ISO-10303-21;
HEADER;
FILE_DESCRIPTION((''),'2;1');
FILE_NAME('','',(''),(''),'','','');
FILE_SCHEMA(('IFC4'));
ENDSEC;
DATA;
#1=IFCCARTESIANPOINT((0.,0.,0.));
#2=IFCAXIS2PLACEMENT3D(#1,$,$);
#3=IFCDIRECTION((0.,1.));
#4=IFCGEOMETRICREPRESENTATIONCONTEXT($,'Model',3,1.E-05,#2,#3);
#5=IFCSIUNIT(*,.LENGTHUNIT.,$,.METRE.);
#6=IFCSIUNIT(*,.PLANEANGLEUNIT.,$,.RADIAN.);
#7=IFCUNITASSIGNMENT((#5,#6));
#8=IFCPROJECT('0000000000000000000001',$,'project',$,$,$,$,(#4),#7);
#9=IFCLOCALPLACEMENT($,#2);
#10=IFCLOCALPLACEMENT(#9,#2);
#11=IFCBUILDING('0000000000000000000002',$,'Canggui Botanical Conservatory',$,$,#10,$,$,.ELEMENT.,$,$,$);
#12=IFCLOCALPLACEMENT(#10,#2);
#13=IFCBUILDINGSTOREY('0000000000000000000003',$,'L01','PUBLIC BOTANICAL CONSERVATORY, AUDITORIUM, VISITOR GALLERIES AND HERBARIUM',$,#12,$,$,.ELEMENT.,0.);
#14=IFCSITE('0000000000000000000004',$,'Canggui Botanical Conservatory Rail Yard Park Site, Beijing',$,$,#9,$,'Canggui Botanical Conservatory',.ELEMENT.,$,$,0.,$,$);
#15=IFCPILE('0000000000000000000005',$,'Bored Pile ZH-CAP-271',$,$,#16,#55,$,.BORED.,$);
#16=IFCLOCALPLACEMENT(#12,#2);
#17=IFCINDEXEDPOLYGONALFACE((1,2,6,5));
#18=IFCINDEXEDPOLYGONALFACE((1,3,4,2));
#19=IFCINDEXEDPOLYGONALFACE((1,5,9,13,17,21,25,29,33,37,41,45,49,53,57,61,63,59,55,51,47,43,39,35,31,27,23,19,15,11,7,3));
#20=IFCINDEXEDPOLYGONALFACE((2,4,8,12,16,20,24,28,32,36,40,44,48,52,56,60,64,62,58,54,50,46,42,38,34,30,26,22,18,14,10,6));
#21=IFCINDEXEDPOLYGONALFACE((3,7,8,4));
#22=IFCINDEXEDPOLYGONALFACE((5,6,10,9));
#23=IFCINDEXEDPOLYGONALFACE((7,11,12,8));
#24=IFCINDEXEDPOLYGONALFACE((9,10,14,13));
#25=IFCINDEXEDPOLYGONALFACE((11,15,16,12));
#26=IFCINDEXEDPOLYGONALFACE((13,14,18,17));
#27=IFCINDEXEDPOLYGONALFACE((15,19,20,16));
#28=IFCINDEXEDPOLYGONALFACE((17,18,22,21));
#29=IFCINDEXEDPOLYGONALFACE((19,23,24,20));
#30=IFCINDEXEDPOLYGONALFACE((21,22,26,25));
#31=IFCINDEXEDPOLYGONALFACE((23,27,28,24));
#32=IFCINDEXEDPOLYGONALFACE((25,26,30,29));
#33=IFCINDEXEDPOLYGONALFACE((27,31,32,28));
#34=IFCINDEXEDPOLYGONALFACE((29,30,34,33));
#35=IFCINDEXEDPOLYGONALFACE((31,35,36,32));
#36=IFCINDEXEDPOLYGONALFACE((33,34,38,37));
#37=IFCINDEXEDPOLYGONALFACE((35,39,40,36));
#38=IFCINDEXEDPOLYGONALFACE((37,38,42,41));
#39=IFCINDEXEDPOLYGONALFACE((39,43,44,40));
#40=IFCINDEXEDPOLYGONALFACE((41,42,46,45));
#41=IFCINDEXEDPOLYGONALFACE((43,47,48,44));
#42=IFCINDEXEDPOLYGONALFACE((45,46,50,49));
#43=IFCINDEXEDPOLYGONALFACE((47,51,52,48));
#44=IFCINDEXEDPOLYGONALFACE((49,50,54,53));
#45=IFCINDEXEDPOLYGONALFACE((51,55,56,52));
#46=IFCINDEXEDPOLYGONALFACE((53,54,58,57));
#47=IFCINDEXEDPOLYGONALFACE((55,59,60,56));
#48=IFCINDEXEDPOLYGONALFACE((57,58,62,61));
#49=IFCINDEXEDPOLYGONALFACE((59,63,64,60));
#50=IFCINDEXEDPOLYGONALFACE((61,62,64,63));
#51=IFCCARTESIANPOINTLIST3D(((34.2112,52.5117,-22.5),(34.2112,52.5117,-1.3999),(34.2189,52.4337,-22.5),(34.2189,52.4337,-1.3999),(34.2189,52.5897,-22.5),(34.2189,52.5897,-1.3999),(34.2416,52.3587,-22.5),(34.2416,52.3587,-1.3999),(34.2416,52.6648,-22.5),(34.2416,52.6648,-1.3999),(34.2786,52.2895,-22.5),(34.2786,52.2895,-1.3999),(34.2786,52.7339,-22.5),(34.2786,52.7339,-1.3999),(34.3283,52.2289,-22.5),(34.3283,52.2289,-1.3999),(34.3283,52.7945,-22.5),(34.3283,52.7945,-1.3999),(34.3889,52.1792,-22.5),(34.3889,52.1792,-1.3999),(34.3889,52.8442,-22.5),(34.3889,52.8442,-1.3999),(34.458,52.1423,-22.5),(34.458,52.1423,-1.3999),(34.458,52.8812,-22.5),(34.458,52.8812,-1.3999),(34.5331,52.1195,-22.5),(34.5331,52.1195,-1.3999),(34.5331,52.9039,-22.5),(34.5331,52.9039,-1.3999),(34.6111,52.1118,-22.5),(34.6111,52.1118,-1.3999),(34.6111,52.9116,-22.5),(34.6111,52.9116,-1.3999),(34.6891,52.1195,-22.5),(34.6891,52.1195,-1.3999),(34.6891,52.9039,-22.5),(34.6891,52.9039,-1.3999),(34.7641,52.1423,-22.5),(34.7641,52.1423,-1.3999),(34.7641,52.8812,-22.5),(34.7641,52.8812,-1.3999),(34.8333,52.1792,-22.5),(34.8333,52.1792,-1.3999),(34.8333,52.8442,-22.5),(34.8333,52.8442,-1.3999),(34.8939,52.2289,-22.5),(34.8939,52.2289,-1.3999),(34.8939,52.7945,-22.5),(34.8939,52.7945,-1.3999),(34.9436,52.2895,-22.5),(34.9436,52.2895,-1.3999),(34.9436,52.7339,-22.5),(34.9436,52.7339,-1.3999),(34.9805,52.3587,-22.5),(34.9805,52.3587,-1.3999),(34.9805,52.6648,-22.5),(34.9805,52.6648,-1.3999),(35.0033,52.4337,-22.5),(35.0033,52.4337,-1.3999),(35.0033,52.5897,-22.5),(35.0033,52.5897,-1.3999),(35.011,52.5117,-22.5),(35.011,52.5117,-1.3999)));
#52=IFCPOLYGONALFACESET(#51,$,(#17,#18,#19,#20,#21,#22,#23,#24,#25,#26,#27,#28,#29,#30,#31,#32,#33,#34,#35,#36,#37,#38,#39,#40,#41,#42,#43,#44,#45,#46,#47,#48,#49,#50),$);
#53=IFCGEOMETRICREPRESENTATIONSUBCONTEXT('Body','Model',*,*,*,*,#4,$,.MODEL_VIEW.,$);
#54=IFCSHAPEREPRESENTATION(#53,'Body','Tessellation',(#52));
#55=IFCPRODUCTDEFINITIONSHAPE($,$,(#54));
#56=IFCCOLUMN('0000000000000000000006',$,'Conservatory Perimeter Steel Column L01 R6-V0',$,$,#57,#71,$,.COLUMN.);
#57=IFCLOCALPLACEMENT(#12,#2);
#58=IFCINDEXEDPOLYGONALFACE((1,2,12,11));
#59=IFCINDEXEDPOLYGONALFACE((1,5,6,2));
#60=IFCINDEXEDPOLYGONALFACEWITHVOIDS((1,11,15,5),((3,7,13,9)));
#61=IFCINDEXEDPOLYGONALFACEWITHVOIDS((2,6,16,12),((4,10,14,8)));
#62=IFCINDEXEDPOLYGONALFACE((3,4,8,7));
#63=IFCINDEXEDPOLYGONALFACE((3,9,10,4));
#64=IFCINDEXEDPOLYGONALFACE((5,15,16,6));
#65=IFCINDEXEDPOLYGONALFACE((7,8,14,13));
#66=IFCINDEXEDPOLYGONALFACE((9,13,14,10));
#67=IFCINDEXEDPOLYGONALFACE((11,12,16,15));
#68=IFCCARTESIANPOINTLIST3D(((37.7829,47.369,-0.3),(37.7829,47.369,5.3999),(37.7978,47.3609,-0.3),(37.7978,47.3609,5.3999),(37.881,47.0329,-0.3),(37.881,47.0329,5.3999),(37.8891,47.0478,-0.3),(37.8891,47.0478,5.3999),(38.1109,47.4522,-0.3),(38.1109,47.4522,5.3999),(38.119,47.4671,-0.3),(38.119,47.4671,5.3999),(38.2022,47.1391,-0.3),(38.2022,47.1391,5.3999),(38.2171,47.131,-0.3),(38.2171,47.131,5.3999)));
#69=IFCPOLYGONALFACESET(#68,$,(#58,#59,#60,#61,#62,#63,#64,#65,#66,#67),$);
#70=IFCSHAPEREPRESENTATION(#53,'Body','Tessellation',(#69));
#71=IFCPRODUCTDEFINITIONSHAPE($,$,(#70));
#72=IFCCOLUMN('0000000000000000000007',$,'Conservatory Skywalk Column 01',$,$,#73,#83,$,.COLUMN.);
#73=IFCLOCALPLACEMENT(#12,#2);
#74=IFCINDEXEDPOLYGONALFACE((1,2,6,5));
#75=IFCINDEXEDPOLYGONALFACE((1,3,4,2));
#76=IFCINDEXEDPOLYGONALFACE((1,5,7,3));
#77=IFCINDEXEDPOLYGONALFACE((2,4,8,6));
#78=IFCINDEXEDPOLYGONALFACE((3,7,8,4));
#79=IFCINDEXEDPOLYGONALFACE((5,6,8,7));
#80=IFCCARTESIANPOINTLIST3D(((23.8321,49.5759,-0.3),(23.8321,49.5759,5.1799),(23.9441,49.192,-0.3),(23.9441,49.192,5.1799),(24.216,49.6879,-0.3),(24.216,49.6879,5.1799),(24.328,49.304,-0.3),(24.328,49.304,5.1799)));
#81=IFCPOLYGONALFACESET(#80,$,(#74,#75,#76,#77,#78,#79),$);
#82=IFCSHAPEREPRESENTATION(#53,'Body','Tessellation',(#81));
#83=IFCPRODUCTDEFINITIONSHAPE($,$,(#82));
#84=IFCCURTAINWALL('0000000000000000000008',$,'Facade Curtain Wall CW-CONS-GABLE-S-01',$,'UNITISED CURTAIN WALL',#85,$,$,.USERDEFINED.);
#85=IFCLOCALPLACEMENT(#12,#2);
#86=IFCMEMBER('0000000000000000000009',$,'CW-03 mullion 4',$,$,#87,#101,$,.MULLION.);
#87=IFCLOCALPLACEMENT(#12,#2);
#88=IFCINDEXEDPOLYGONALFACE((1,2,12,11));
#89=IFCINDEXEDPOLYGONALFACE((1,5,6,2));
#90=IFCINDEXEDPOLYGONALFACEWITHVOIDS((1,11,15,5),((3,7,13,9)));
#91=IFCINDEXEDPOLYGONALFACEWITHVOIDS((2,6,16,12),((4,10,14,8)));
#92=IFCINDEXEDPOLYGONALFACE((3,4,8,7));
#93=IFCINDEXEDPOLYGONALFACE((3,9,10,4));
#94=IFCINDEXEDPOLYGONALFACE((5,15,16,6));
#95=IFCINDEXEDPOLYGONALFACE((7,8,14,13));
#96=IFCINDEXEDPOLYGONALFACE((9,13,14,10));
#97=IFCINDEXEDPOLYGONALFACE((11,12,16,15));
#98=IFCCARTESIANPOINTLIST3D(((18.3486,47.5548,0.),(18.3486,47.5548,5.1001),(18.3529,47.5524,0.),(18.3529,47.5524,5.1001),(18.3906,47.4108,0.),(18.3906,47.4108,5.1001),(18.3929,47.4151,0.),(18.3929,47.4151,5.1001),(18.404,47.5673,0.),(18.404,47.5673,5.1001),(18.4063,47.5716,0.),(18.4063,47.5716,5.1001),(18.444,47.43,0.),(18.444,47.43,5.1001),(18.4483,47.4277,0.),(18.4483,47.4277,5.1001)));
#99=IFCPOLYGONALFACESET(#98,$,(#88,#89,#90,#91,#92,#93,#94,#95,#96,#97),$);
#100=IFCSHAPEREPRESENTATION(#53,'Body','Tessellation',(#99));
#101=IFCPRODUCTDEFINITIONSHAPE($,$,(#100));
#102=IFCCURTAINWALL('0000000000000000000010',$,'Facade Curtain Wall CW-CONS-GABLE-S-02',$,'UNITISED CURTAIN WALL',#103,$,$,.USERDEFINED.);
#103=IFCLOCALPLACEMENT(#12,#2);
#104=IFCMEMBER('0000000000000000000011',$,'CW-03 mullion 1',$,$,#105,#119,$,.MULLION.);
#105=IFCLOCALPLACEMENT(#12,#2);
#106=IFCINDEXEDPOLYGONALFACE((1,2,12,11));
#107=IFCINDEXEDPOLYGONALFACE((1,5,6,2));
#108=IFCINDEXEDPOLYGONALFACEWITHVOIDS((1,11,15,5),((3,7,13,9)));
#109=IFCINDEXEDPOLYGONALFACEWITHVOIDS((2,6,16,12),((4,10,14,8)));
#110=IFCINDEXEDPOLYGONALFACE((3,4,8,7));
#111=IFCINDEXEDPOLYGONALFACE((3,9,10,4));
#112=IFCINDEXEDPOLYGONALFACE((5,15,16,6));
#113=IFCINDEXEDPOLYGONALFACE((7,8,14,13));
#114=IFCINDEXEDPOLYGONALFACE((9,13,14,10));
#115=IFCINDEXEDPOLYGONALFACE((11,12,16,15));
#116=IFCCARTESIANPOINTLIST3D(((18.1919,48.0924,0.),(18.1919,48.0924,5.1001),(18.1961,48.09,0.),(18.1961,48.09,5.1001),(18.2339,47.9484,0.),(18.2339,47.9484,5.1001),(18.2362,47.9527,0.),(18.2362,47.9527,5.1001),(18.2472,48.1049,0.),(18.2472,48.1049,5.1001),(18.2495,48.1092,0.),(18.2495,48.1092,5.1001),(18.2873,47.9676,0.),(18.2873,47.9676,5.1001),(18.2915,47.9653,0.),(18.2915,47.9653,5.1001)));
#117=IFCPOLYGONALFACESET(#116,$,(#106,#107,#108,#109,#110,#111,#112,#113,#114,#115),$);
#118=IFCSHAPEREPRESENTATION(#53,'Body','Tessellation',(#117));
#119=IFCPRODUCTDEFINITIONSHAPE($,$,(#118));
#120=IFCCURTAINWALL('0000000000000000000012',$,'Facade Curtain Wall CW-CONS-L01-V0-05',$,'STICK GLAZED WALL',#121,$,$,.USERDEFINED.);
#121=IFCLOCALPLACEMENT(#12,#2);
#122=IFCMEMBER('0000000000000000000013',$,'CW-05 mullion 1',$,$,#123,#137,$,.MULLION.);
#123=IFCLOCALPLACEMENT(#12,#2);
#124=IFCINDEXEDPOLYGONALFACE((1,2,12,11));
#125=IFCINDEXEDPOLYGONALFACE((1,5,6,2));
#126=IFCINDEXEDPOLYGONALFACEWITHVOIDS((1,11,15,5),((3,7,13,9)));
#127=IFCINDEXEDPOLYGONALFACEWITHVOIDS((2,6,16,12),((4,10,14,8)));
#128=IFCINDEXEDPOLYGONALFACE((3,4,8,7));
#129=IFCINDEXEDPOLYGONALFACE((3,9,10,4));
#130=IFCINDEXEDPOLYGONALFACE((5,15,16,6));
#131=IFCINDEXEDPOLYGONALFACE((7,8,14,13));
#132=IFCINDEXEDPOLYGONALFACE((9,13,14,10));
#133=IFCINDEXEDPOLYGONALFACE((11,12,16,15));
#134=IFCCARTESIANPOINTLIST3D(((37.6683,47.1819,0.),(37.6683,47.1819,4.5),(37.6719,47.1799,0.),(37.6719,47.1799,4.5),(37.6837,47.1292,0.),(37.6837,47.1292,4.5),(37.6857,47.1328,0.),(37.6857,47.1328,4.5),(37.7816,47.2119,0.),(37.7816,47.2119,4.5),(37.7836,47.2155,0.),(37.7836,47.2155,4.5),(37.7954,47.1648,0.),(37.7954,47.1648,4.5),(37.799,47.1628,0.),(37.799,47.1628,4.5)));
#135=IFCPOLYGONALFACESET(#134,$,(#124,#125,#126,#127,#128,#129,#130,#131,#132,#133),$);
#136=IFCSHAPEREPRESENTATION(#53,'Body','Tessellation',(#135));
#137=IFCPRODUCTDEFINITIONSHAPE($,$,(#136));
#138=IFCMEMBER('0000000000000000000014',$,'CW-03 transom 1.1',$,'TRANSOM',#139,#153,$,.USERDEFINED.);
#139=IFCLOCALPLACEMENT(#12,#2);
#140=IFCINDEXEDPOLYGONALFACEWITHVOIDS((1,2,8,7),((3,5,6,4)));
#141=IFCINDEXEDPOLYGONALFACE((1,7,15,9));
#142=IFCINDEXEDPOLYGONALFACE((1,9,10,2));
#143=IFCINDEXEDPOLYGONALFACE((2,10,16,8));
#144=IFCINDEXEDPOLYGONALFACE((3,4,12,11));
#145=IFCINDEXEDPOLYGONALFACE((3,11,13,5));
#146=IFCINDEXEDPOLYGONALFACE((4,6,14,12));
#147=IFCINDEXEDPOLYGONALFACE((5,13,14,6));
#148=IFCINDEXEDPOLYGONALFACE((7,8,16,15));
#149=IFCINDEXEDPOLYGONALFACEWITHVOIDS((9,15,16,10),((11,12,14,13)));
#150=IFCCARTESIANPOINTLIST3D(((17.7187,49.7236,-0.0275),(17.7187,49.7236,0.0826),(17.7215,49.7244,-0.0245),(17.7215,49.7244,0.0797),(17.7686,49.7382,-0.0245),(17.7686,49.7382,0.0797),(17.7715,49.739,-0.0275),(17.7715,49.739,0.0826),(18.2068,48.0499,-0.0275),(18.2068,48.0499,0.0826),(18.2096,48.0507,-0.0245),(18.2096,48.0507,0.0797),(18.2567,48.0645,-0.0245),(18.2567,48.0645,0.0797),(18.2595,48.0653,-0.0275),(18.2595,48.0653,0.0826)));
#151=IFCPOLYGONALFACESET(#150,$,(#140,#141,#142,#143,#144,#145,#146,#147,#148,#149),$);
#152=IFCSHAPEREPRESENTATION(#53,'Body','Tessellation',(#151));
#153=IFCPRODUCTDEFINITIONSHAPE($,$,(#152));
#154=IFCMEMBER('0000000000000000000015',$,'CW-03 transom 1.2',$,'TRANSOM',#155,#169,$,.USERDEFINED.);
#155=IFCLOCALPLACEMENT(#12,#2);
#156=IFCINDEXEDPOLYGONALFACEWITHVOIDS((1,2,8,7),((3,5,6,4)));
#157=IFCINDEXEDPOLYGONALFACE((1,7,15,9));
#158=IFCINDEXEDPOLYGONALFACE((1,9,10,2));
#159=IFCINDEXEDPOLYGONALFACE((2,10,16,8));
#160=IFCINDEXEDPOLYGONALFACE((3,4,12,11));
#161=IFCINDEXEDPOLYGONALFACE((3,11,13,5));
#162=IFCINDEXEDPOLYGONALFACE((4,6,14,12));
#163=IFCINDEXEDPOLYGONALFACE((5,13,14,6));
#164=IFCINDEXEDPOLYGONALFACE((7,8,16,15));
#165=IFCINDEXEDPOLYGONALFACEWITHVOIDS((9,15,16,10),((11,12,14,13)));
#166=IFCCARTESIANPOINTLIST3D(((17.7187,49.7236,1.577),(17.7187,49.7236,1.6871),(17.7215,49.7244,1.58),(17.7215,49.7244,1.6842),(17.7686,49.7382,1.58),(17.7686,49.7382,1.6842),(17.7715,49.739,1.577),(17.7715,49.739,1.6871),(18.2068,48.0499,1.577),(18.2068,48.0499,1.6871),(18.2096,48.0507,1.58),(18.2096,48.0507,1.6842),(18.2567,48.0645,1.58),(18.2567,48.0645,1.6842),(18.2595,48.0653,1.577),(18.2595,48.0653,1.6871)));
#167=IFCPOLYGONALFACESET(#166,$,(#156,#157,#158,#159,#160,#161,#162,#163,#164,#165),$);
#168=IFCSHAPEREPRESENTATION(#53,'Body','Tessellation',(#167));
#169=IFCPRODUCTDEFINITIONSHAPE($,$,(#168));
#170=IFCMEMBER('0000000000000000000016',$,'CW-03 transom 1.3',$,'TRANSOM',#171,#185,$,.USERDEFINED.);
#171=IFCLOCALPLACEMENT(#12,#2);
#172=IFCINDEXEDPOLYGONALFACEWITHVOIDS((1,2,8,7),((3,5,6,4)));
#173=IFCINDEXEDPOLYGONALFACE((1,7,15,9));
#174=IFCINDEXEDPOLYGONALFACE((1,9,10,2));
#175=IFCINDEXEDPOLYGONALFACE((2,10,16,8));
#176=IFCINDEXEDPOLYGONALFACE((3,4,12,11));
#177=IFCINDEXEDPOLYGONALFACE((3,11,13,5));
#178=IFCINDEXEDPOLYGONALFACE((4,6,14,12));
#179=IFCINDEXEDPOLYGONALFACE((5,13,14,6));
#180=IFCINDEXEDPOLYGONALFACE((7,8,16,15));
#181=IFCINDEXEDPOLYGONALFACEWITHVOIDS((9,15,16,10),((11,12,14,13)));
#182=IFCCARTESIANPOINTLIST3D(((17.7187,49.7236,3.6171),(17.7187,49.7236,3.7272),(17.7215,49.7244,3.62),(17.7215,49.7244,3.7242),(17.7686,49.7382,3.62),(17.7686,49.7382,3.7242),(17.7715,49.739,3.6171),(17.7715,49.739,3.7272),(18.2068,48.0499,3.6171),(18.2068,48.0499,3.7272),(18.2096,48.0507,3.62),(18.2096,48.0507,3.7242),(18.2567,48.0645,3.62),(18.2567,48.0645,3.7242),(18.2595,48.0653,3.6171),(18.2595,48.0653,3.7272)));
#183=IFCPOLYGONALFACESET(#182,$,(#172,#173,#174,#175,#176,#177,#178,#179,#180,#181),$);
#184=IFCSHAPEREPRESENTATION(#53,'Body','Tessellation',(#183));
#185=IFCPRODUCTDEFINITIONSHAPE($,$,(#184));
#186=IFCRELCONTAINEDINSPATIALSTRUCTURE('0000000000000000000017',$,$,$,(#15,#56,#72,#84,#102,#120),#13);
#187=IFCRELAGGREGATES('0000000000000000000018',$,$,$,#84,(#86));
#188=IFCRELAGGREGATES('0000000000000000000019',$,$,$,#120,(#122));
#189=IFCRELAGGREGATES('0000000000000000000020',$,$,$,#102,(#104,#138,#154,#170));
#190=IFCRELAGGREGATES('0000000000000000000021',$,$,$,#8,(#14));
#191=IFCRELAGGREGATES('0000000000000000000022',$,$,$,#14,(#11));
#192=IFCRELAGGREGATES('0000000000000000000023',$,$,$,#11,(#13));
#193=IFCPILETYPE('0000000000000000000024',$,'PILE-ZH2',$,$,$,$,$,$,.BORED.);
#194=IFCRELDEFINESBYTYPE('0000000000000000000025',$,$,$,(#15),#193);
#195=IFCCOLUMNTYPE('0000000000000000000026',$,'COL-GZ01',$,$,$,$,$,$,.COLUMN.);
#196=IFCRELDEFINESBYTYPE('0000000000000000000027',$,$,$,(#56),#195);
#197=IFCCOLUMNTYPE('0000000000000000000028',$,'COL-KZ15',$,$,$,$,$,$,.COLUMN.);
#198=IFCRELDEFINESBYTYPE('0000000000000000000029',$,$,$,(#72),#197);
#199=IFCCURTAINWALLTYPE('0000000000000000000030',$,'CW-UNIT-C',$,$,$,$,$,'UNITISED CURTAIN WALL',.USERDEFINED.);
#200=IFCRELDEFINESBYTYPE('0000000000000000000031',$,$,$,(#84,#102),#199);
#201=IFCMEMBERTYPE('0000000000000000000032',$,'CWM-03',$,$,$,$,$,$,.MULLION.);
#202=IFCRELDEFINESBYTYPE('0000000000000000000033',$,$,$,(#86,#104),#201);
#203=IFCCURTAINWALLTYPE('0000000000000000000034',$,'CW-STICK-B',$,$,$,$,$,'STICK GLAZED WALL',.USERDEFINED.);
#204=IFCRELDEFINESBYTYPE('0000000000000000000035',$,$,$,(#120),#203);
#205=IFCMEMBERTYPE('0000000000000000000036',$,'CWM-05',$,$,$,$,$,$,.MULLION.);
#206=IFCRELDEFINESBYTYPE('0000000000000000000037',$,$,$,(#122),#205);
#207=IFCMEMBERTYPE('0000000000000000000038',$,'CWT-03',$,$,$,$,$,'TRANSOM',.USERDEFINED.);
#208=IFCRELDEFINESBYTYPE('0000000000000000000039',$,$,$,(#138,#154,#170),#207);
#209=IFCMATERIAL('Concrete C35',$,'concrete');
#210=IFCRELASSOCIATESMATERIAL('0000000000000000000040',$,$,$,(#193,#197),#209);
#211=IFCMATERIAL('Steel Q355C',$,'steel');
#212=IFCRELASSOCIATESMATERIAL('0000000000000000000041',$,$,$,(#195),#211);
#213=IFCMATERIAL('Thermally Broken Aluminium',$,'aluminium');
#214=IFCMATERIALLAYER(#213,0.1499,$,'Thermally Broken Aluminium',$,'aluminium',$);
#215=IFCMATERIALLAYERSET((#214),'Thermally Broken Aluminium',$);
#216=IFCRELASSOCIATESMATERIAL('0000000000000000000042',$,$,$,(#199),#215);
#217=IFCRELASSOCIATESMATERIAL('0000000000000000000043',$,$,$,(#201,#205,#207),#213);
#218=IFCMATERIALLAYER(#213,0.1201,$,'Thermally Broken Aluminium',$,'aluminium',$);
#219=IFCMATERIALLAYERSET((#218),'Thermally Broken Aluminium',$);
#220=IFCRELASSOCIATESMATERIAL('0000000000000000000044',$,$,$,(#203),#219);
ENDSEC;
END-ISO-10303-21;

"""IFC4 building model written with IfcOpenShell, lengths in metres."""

from ifc_helpers import new_model, si_unit, direction, frame, origin, origin_2d, place, context, subcontext, project, spatial, rectangle, hollow_rectangle, circle, extrude, material, layer, layer_set, material_profile, profile_set, type_object, element, aggregate, save


model = new_model("IFC4")

# Units and contexts
model_context = context("Model", 3, precision=1e-05, world=origin(), true_north=direction((0.0, 1.0)))
body_context = subcontext(model_context, "Body", "Model", "MODEL_VIEW")
ifc_project = project(units=[si_unit("LENGTHUNIT", "METRE"), si_unit("PLANEANGLEUNIT", "RADIAN")], contexts=[model_context])

# Site, building, storey
site_placement = place(None, origin())
site = spatial("IfcSite", under=ifc_project, at=site_placement, Name="Canggui Botanical Conservatory Rail Yard Park Site, Beijing", LongName="Canggui Botanical Conservatory", CompositionType="ELEMENT", RefElevation=0.0)
building_placement = place(site_placement, origin())
building = spatial("IfcBuilding", under=site, at=building_placement, Name="Canggui Botanical Conservatory", CompositionType="ELEMENT")
storey_placement = place(building_placement, origin())
storey = spatial("IfcBuildingStorey", under=building, at=storey_placement, Name="L01", Description="PUBLIC BOTANICAL CONSERVATORY, AUDITORIUM, VISITOR GALLERIES AND HERBARIUM", CompositionType="ELEMENT", Elevation=0.0)

# Shared definitions
ifc_material_1 = material(Name="Concrete C35", Category="concrete")

# Pile
ifc_material_profile_1 = material_profile(ifc_material_1, circle(Radius=0.3999, at=origin_2d()), Name="PILE D800")
ifc_profile_set_1 = profile_set([ifc_material_profile_1], Name="Concrete C35")
pile_type = type_object("IfcPileType", Name="PILE-ZH2", PredefinedType="BORED", material=ifc_profile_set_1)
for number, where, z_axis, x_axis, name in (
    (1, (34.6111, 52.5117, -1.3999), (0.0, 0.0, -1.0), (1.0, 0.0, 0.0), "Bored Pile ZH-CAP-271"),
):
    element("IfcPile", number, at=place(storey_placement, frame(where, z_axis=z_axis, x_axis=x_axis)), inside=storey, type_object=pile_type, Name=name, PredefinedType="BORED", context=body_context, shape_type="SweptSolid", body=[
        extrude(circle(Radius=0.3999, at=origin_2d()), origin(), (0.0, 0.0, 1.0), 21.1001),
    ])

# Columns
ifc_material_2 = material(Name="Steel Q355C", Category="steel")
ifc_material_profile_2 = material_profile(ifc_material_2, hollow_rectangle(XDim=0.3501, YDim=0.3501, WallThickness=0.012, at=origin_2d()), Name="SHS 350x350x12")
ifc_profile_set_2 = profile_set([ifc_material_profile_2], Name="Steel Q355C")
column_type_1 = type_object("IfcColumnType", Name="COL-GZ01", PredefinedType="COLUMN", material=ifc_profile_set_2)
column_1_placement = place(storey_placement, frame((38.0, 47.25, -0.3), z_axis=(0.0, 0.0, 1.0), x_axis=(0.96, 0.28, 0.0)))
element("IfcColumn", 2, at=column_1_placement, inside=storey, type_object=column_type_1, Name="Conservatory Perimeter Steel Column L01 R6-V0", PredefinedType="COLUMN", context=body_context, shape_type="SweptSolid", body=[
    extrude(hollow_rectangle(XDim=0.3501, YDim=0.3501, WallThickness=0.012, at=origin_2d()), origin(), (0.0, 0.0, 1.0), 5.7),
])
ifc_material_profile_3 = material_profile(ifc_material_1, rectangle(XDim=0.3999, YDim=0.3999, at=origin_2d()), Name="RC 400x400")
ifc_profile_set_3 = profile_set([ifc_material_profile_3], Name="Concrete C35")
column_type_2 = type_object("IfcColumnType", Name="COL-KZ15", PredefinedType="COLUMN", material=ifc_profile_set_3)
column_2_placement = place(storey_placement, frame((24.0801, 49.4399, -0.3), z_axis=(0.0, 0.0, 1.0), x_axis=(0.96, 0.28, 0.0)))
element("IfcColumn", 3, at=column_2_placement, inside=storey, type_object=column_type_2, Name="Conservatory Skywalk Column 01", PredefinedType="COLUMN", context=body_context, shape_type="SweptSolid", body=[
    extrude(rectangle(XDim=0.3999, YDim=0.3999, at=origin_2d()), origin(), (0.0, 0.0, 1.0), 5.48),
])

# Curtain walls, members
ifc_material_3 = material(Name="Thermally Broken Aluminium", Category="aluminium")
ifc_layer_1 = layer(ifc_material_3, 0.1499, Name="Thermally Broken Aluminium", Category="aluminium")
ifc_layer_set_1 = layer_set([ifc_layer_1], Name="Thermally Broken Aluminium")
curtain_wall_type_1 = type_object("IfcCurtainWallType", Name="CW-UNIT-C", ElementType="UNITISED CURTAIN WALL", PredefinedType="USERDEFINED", material=ifc_layer_set_1)
curtain_wall_1_placement = place(storey_placement, origin())
curtain_wall_1 = element("IfcCurtainWall", 4, at=curtain_wall_1_placement, inside=storey, type_object=curtain_wall_type_1, Name="Facade Curtain Wall CW-CONS-GABLE-S-01", ObjectType="UNITISED CURTAIN WALL", PredefinedType="USERDEFINED")
ifc_material_profile_4 = material_profile(ifc_material_3, hollow_rectangle(XDim=0.0601, YDim=0.1499, WallThickness=0.0034, at=origin_2d()), Name="CWM 60x150x3.5")
ifc_profile_set_4 = profile_set([ifc_material_profile_4], Name="Thermally Broken Aluminium")
member_type_1 = type_object("IfcMemberType", Name="CWM-03", PredefinedType="MULLION", material=ifc_profile_set_4)
member_1_placement = place(storey_placement, frame((18.3984, 47.4912, 0.0), z_axis=(0.0, 0.0, 1.0), x_axis=(-0.96, -0.28, 0.0)))
member_1 = element("IfcMember", 5, at=member_1_placement, type_object=member_type_1, Name="CW-03 mullion 4", PredefinedType="MULLION", context=body_context, shape_type="SweptSolid", body=[
    extrude(hollow_rectangle(XDim=0.0601, YDim=0.1499, WallThickness=0.0034, at=origin_2d()), origin(), (0.0, 0.0, 1.0), 5.1001),
])
aggregate(curtain_wall_1, [member_1])
curtain_wall_2_placement = place(storey_placement, origin())
curtain_wall_2 = element("IfcCurtainWall", 6, at=curtain_wall_2_placement, inside=storey, type_object=curtain_wall_type_1, Name="Facade Curtain Wall CW-CONS-GABLE-S-02", ObjectType="UNITISED CURTAIN WALL", PredefinedType="USERDEFINED")
member_2_placement = place(storey_placement, frame((18.2417, 48.0288, 0.0), z_axis=(0.0, 0.0, 1.0), x_axis=(-0.96, -0.28, 0.0)))
member_2 = element("IfcMember", 7, at=member_2_placement, type_object=member_type_1, Name="CW-03 mullion 1", PredefinedType="MULLION", context=body_context, shape_type="SweptSolid", body=[
    extrude(hollow_rectangle(XDim=0.0601, YDim=0.1499, WallThickness=0.0034, at=origin_2d()), origin(), (0.0, 0.0, 1.0), 5.1001),
])
ifc_layer_2 = layer(ifc_material_3, 0.1201, Name="Thermally Broken Aluminium", Category="aluminium")
ifc_layer_set_2 = layer_set([ifc_layer_2], Name="Thermally Broken Aluminium")
curtain_wall_type_2 = type_object("IfcCurtainWallType", Name="CW-STICK-B", ElementType="STICK GLAZED WALL", PredefinedType="USERDEFINED", material=ifc_layer_set_2)
curtain_wall_3_placement = place(storey_placement, origin())
curtain_wall_3 = element("IfcCurtainWall", 8, at=curtain_wall_3_placement, inside=storey, type_object=curtain_wall_type_2, Name="Facade Curtain Wall CW-CONS-L01-V0-05", ObjectType="STICK GLAZED WALL", PredefinedType="USERDEFINED")
ifc_material_profile_5 = material_profile(ifc_material_3, hollow_rectangle(XDim=0.0549, YDim=0.1201, WallThickness=0.0029, at=origin_2d()), Name="CWM 55x120x3")
ifc_profile_set_5 = profile_set([ifc_material_profile_5], Name="Thermally Broken Aluminium")
member_type_2 = type_object("IfcMemberType", Name="CWM-05", PredefinedType="MULLION", material=ifc_profile_set_5)
member_3_placement = place(storey_placement, frame((37.7336, 47.1724, 0.0), z_axis=(0.0, 0.0, 1.0), x_axis=(0.28, -0.96, 0.0)))
member_3 = element("IfcMember", 9, at=member_3_placement, type_object=member_type_2, Name="CW-05 mullion 1", PredefinedType="MULLION", context=body_context, shape_type="SweptSolid", body=[
    extrude(hollow_rectangle(XDim=0.0549, YDim=0.1201, WallThickness=0.0029, at=origin_2d()), origin(), (0.0, 0.0, 1.0), 4.5),
])
aggregate(curtain_wall_3, [member_3])

# Members
ifc_material_profile_6 = material_profile(ifc_material_3, hollow_rectangle(XDim=0.0549, YDim=0.1101, WallThickness=0.0029, at=origin_2d()), Name="CWT 55x110x3")
ifc_profile_set_6 = profile_set([ifc_material_profile_6], Name="Thermally Broken Aluminium")
member_type_3 = type_object("IfcMemberType", Name="CWT-03", ElementType="TRANSOM", PredefinedType="USERDEFINED", material=ifc_profile_set_6)
member_4_placement = place(storey_placement, frame((18.2332, 48.0576, 0.0276), z_axis=(-0.279952, 0.960014, 0.0), x_axis=(-0.960014, -0.279952, 0.0)))
member_4 = element("IfcMember", 10, at=member_4_placement, type_object=member_type_3, Name="CW-03 transom 1.1", ObjectType="TRANSOM", PredefinedType="USERDEFINED", context=body_context, shape_type="SweptSolid", body=[
    extrude(hollow_rectangle(XDim=0.0549, YDim=0.1101, WallThickness=0.0029, at=origin_2d()), origin(), (0.0, 0.0, 1.0), 1.7434),
])
member_5_placement = place(storey_placement, frame((18.2332, 48.0576, 1.6321), z_axis=(-0.279952, 0.960014, 0.0), x_axis=(-0.960014, -0.279952, 0.0)))
member_5 = element("IfcMember", 11, at=member_5_placement, type_object=member_type_3, Name="CW-03 transom 1.2", ObjectType="TRANSOM", PredefinedType="USERDEFINED", context=body_context, shape_type="SweptSolid", body=[
    extrude(hollow_rectangle(XDim=0.0549, YDim=0.1101, WallThickness=0.0029, at=origin_2d()), origin(), (0.0, 0.0, 1.0), 1.7434),
])
member_6_placement = place(storey_placement, frame((18.2332, 48.0576, 3.6721), z_axis=(-0.279952, 0.960014, 0.0), x_axis=(-0.960014, -0.279952, 0.0)))
member_6 = element("IfcMember", 12, at=member_6_placement, type_object=member_type_3, Name="CW-03 transom 1.3", ObjectType="TRANSOM", PredefinedType="USERDEFINED", context=body_context, shape_type="SweptSolid", body=[
    extrude(hollow_rectangle(XDim=0.0549, YDim=0.1101, WallThickness=0.0029, at=origin_2d()), origin(), (0.0, 0.0, 1.0), 1.7434),
])
aggregate(curtain_wall_2, [member_2, member_4, member_5, member_6])

save(model, "model.ifc")
